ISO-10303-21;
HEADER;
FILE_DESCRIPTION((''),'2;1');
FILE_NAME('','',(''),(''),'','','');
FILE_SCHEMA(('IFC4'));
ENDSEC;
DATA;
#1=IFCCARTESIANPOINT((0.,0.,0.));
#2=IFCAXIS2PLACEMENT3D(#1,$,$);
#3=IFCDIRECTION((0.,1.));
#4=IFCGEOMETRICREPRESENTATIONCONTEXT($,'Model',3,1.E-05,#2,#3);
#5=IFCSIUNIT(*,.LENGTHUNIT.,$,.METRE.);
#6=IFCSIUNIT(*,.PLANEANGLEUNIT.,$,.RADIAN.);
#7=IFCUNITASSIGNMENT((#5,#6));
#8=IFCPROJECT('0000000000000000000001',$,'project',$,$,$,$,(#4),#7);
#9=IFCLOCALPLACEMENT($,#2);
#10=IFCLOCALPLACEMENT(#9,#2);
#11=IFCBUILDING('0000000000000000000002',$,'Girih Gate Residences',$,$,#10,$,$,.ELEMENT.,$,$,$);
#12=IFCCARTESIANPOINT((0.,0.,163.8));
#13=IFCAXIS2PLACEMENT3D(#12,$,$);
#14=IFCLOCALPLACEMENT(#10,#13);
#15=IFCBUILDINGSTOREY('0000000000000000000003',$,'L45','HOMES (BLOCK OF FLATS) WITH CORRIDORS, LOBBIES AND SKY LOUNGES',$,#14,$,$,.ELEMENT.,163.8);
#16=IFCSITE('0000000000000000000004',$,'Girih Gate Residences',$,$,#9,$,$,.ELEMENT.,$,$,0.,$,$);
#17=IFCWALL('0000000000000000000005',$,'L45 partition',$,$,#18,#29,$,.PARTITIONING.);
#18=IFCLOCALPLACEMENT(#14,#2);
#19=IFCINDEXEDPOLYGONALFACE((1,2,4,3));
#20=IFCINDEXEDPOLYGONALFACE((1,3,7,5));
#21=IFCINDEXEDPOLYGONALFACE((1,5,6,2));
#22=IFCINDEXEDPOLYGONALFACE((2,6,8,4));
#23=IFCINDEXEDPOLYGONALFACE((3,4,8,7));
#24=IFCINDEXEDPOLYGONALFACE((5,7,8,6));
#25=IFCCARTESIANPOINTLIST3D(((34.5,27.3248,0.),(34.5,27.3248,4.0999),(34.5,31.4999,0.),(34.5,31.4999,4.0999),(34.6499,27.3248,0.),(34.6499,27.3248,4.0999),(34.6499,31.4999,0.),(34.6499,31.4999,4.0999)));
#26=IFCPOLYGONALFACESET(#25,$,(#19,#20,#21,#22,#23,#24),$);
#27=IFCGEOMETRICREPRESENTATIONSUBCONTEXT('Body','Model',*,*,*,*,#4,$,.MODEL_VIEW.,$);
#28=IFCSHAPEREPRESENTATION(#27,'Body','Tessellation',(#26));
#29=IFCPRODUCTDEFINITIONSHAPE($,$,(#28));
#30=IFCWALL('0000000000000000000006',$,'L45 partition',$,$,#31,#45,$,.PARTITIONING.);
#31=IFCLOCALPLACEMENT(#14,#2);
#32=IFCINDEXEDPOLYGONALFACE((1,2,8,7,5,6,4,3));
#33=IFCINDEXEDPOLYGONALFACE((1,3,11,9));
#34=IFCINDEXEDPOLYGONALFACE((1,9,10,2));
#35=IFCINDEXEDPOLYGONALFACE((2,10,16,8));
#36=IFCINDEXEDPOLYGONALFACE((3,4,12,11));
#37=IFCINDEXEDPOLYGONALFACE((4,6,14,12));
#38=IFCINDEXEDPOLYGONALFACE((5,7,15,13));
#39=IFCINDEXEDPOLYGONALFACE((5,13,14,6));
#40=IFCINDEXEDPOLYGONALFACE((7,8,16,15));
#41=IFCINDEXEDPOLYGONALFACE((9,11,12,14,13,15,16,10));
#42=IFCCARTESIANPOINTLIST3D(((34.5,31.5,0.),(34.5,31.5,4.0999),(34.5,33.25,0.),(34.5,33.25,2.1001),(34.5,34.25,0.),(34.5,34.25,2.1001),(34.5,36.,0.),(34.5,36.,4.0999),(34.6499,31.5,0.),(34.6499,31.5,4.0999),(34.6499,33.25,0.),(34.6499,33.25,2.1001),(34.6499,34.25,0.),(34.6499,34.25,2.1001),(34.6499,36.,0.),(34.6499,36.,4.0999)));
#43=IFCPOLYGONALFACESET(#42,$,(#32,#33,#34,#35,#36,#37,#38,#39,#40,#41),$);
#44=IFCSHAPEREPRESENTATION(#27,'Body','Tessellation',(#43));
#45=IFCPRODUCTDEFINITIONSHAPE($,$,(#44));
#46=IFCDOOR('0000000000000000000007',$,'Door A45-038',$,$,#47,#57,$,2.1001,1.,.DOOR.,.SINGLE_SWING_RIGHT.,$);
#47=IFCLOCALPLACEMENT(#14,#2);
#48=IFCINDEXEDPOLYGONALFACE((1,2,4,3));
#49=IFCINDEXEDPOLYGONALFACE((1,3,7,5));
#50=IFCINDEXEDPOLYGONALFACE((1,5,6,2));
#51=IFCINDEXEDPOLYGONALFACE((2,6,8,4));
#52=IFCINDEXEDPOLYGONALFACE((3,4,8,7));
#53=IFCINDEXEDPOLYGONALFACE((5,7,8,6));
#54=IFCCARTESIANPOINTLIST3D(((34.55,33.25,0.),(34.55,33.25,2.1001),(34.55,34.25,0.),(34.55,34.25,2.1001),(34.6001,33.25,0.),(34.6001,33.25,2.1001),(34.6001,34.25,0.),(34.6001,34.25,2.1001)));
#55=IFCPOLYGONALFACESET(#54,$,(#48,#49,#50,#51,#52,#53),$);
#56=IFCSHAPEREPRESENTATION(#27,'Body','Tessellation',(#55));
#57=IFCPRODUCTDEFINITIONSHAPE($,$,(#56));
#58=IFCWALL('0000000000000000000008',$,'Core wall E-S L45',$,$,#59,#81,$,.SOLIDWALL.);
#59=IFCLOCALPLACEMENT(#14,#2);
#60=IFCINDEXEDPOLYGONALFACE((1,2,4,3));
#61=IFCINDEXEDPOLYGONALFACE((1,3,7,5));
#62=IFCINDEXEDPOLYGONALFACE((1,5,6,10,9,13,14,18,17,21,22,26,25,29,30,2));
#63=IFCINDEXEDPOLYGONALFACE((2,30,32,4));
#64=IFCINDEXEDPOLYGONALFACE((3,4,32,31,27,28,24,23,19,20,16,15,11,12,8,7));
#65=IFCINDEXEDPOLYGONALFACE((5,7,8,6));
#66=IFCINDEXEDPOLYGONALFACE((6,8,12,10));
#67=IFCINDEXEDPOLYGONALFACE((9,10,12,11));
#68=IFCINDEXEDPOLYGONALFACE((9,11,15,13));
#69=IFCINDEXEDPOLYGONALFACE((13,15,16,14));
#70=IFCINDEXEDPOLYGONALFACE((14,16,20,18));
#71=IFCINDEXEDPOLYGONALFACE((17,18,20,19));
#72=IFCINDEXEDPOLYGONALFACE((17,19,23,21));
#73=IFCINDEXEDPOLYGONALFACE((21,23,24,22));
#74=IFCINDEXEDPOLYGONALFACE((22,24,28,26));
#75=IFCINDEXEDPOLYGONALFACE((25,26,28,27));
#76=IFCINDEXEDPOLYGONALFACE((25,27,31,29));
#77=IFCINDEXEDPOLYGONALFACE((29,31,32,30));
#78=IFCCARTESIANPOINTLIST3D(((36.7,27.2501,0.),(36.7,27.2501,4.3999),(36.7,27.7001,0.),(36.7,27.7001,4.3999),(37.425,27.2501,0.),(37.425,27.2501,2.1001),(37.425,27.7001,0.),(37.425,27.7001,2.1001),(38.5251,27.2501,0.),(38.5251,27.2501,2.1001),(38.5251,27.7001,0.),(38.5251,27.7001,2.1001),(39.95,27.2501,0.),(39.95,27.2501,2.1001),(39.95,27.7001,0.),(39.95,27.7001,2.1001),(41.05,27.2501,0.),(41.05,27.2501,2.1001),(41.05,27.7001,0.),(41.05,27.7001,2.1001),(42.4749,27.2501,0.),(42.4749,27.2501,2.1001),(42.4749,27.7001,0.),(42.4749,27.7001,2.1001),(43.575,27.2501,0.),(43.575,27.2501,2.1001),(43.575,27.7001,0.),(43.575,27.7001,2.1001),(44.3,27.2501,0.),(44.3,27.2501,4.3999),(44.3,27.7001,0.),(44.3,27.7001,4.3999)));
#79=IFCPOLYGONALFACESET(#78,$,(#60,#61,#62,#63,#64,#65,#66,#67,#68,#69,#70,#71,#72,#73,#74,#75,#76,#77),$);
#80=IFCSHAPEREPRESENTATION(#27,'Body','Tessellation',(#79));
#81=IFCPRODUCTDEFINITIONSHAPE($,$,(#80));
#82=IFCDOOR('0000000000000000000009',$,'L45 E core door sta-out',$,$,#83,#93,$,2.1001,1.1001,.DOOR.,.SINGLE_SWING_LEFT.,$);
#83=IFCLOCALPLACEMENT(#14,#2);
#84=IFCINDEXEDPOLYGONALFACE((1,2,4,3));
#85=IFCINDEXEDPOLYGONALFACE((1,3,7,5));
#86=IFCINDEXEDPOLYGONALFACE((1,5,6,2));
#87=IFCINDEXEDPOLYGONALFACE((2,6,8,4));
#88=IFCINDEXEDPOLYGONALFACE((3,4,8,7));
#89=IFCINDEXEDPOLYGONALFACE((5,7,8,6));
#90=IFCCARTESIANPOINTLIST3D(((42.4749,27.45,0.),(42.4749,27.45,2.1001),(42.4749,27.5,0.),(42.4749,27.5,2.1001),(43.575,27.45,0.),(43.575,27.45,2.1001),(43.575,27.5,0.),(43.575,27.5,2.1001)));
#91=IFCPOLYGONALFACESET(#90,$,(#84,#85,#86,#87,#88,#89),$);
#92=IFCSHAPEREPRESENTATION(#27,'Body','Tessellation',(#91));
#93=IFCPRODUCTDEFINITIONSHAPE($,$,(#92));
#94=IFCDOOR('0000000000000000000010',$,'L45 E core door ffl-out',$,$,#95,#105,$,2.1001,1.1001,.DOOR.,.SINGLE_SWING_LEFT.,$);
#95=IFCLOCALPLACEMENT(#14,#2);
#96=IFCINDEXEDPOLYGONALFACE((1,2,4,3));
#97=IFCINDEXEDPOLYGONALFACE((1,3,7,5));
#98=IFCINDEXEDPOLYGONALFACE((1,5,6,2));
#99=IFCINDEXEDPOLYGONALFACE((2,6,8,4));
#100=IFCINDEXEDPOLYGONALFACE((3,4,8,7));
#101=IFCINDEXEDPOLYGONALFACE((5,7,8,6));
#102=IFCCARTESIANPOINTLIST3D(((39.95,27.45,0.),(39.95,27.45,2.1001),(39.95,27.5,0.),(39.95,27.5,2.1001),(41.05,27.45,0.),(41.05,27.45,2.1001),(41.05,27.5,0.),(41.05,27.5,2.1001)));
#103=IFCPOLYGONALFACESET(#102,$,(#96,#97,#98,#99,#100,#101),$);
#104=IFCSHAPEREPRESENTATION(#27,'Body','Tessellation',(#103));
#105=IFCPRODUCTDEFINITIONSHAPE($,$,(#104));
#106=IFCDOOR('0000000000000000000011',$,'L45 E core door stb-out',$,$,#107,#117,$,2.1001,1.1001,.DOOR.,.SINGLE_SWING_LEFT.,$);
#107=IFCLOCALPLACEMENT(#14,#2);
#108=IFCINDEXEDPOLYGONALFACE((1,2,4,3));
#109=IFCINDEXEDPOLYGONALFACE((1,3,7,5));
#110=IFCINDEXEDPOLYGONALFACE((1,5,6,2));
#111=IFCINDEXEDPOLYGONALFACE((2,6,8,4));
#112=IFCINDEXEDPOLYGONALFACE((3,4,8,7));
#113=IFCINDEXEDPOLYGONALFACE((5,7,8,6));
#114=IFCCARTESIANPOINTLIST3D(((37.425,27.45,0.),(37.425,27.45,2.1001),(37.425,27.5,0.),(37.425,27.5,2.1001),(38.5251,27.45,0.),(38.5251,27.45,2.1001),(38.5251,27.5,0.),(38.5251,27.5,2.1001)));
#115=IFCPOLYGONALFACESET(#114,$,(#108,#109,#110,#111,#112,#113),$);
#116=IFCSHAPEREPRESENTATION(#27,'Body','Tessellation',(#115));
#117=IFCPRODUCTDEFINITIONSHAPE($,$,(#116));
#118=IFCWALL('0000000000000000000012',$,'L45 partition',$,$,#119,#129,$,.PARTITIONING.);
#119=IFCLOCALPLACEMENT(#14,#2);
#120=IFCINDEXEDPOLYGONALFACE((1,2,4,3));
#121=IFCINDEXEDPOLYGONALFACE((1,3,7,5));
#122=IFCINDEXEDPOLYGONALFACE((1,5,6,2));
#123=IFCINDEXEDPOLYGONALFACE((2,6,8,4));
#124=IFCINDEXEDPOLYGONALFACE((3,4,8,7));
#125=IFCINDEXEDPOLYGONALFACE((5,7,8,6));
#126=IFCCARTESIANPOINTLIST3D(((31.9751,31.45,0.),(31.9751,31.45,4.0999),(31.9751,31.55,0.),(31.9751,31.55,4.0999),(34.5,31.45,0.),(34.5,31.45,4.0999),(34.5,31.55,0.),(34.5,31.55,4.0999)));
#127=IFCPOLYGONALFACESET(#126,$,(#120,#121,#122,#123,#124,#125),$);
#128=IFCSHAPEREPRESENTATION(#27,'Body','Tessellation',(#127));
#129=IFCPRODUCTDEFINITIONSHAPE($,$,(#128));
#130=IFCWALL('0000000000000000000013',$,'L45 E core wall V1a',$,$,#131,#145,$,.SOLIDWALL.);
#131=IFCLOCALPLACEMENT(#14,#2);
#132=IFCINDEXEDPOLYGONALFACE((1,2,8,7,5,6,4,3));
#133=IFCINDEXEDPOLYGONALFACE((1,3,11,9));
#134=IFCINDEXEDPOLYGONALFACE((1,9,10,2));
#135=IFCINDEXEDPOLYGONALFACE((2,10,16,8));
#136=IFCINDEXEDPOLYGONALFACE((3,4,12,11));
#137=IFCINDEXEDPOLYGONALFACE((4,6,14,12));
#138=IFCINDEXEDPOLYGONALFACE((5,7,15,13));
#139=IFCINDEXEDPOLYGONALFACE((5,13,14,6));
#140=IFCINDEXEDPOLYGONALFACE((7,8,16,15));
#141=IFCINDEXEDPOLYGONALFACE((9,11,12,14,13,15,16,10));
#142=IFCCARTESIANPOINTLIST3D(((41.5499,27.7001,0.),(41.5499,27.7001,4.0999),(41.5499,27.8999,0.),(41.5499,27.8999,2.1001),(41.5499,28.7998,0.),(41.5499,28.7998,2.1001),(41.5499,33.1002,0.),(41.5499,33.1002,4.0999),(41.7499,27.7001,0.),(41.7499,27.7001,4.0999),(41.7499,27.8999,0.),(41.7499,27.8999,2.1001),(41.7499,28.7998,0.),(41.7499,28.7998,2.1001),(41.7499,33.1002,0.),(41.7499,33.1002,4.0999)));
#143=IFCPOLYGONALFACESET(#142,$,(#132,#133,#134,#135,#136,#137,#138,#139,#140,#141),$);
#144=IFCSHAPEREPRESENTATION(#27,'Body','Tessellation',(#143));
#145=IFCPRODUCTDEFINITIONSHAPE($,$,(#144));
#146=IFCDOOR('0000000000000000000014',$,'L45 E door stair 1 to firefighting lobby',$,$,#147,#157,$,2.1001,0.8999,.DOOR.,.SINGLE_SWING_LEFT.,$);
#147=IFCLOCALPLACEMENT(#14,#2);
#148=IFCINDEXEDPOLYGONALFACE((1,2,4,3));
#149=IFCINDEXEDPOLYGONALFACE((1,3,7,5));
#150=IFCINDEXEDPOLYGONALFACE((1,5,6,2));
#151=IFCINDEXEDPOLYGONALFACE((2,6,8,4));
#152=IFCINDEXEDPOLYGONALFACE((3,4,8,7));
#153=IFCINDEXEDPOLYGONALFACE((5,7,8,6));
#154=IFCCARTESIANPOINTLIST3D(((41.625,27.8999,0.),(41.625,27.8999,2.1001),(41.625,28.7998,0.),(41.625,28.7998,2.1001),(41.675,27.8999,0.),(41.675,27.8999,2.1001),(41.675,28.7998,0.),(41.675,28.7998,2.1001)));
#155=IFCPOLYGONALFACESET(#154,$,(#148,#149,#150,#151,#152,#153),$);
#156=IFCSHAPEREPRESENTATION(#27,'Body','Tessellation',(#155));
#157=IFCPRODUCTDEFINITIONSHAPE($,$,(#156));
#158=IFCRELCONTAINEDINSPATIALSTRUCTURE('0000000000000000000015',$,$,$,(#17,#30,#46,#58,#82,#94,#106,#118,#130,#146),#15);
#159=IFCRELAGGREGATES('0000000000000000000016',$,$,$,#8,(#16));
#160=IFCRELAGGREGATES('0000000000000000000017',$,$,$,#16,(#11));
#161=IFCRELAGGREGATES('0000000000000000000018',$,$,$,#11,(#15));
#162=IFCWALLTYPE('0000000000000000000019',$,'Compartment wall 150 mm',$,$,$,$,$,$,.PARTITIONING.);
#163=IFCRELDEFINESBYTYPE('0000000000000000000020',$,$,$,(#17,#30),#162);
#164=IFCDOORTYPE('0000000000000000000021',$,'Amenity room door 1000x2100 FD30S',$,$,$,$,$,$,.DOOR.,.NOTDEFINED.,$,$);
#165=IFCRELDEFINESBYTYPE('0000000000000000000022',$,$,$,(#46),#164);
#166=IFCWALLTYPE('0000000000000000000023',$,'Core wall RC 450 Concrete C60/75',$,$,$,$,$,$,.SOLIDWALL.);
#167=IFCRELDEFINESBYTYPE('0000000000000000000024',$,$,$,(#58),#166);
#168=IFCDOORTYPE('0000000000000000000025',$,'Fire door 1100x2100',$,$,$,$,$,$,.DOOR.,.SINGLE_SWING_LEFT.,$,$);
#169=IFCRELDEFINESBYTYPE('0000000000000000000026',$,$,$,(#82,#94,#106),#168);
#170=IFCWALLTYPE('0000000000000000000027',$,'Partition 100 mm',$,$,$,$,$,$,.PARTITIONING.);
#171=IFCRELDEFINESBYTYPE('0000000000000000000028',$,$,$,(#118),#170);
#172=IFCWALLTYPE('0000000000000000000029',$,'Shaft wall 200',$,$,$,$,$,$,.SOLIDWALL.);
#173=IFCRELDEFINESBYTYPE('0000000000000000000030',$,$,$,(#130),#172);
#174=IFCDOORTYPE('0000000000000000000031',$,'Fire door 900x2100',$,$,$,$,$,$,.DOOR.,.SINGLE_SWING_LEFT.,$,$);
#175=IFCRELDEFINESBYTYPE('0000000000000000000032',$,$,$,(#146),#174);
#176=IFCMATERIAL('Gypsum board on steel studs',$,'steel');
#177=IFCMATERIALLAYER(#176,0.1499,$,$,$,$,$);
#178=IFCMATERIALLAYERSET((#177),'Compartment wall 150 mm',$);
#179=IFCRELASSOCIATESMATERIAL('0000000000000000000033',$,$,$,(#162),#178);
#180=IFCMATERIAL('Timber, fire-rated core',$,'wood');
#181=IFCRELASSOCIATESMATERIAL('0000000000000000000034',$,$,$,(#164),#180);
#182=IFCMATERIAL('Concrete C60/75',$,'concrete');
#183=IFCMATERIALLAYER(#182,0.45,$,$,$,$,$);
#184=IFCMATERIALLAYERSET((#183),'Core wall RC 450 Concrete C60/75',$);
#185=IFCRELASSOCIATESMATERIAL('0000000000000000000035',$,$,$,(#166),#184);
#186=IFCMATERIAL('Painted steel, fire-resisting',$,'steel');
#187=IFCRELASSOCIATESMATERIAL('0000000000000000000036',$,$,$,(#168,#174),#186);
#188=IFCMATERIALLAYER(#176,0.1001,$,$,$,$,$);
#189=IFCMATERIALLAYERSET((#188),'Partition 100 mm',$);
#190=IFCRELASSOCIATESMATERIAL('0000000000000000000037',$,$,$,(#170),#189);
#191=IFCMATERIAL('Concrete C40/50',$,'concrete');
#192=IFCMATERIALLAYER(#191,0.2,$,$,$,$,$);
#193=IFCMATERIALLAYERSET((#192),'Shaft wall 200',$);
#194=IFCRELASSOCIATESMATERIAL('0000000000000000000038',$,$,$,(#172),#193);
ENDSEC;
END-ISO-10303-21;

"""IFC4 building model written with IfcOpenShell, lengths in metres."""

from ifc_helpers import new_model, si_unit, direction, frame, frame_2d, origin, place, context, subcontext, project, spatial, rectangle, extrude, material, layer, layer_set, type_object, element, fill, save


model = new_model("IFC4")

# Units and contexts
model_context = context("Model", 3, precision=1e-05, world=origin(), true_north=direction((0.0, 1.0)))
body_context = subcontext(model_context, "Body", "Model", "MODEL_VIEW")
ifc_project = project(units=[si_unit("LENGTHUNIT", "METRE"), si_unit("PLANEANGLEUNIT", "RADIAN")], contexts=[model_context])

# Site, building, storey
site_placement = place(None, origin())
site = spatial("IfcSite", under=ifc_project, at=site_placement, Name="Girih Gate Residences", CompositionType="ELEMENT", RefElevation=0.0)
building_placement = place(site_placement, origin())
building = spatial("IfcBuilding", under=site, at=building_placement, Name="Girih Gate Residences", CompositionType="ELEMENT")
storey_placement = place(building_placement, frame((0.0, 0.0, 163.8)))
storey = spatial("IfcBuildingStorey", under=building, at=storey_placement, Name="L45", Description="HOMES (BLOCK OF FLATS) WITH CORRIDORS, LOBBIES AND SKY LOUNGES", CompositionType="ELEMENT", Elevation=163.8)

# Wall
ifc_material_1 = material(Name="Gypsum board on steel studs", Category="steel")
ifc_layer_1 = layer(ifc_material_1, 0.1499)
ifc_layer_set_1 = layer_set([ifc_layer_1], Name="Compartment wall 150 mm")
wall_type_1 = type_object("IfcWallType", Name="Compartment wall 150 mm", PredefinedType="PARTITIONING", material=ifc_layer_set_1)
wall_1_placement = place(storey_placement, frame((34.575, 27.325, 0.0), z_axis=(0.0, 0.0, 1.0), x_axis=(0.0, 1.0, 0.0)))
element("IfcWall", 1, at=wall_1_placement, inside=storey, type_object=wall_type_1, Name="L45 partition", PredefinedType="PARTITIONING", context=body_context, shape_type="SweptSolid", body=[
    extrude(rectangle(XDim=4.175, YDim=0.1499, at=frame_2d((2.0874, 0.0))), origin(), (0.0, 0.0, 1.0), 4.0999),
])

# Wall, opening, door
wall_2_placement = place(storey_placement, frame((34.575, 31.5, 0.0), z_axis=(0.0, 0.0, 1.0), x_axis=(0.0, 1.0, 0.0)))
wall_2 = element("IfcWall", 2, at=wall_2_placement, inside=storey, type_object=wall_type_1, Name="L45 partition", PredefinedType="PARTITIONING", context=body_context, shape_type="SweptSolid", body=[
    extrude(rectangle(XDim=4.5, YDim=0.1499, at=frame_2d((2.25, 0.0))), origin(), (0.0, 0.0, 1.0), 4.0999),
])
opening_1_placement = place(wall_2_placement, frame((1.75, 0.0, 0.0)))
opening_1 = element("IfcOpeningElement", 3, at=opening_1_placement, cuts=wall_2, PredefinedType="OPENING", context=body_context, shape_type="SweptSolid", body=[
    extrude(rectangle(XDim=1.0, YDim=2.1001, at=frame_2d((0.5, 1.05))), frame((0.0, 0.085, 0.0), z_axis=(0.0, -1.0, 0.0), x_axis=(1.0, 0.0, 0.0)), (0.0, 0.0, 1.0), 0.1699),
])
ifc_material_2 = material(Name="Timber, fire-rated core", Category="wood")
door_type_1 = type_object("IfcDoorType", Name="Amenity room door 1000x2100 FD30S", OperationType="NOTDEFINED", PredefinedType="DOOR", material=ifc_material_2)
door_1_placement = place(opening_1_placement, origin())
door_1 = element("IfcDoor", 4, at=door_1_placement, inside=storey, type_object=door_type_1, Name="Door A45-038", OperationType="SINGLE_SWING_RIGHT", OverallHeight=2.1001, OverallWidth=1.0, PredefinedType="DOOR", context=body_context, shape_type="SweptSolid", body=[
    extrude(rectangle(XDim=1.0, YDim=2.1001, at=frame_2d((0.5, 1.05))), frame((0.0, 0.0249, 0.0), z_axis=(0.0, -1.0, 0.0), x_axis=(1.0, 0.0, 0.0)), (0.0, 0.0, 1.0), 0.05),
])
fill(opening_1, door_1)

# Wall, openings, doors
ifc_material_3 = material(Name="Concrete C60/75", Category="concrete")
ifc_layer_2 = layer(ifc_material_3, 0.45)
ifc_layer_set_2 = layer_set([ifc_layer_2], Name="Core wall RC 450 Concrete C60/75")
wall_type_2 = type_object("IfcWallType", Name="Core wall RC 450 Concrete C60/75", PredefinedType="SOLIDWALL", material=ifc_layer_set_2)
wall_3_placement = place(storey_placement, frame((36.7, 27.4751, 0.0), z_axis=(0.0, 0.0, 1.0), x_axis=(1.0, 0.0, 0.0)))
wall_3 = element("IfcWall", 5, at=wall_3_placement, inside=storey, type_object=wall_type_2, Name="Core wall E-S L45", PredefinedType="SOLIDWALL", context=body_context, shape_type="SweptSolid", body=[
    extrude(rectangle(XDim=7.6001, YDim=0.45, at=frame_2d((3.8, 0.0))), origin(), (0.0, 0.0, 1.0), 4.3999),
])
opening_2_placement = place(wall_3_placement, frame((5.7749, 0.0, 0.0)))
opening_2 = element("IfcOpeningElement", 6, at=opening_2_placement, cuts=wall_3, PredefinedType="OPENING", context=body_context, shape_type="SweptSolid", body=[
    extrude(rectangle(XDim=1.1001, YDim=2.1001, at=frame_2d((0.55, 1.05))), frame((0.0, 0.2349, 0.0), z_axis=(0.0, -1.0, 0.0), x_axis=(1.0, 0.0, 0.0)), (0.0, 0.0, 1.0), 0.47),
])
opening_3_placement = place(wall_3_placement, frame((3.25, 0.0, 0.0)))
opening_3 = element("IfcOpeningElement", 7, at=opening_3_placement, cuts=wall_3, PredefinedType="OPENING", context=body_context, shape_type="SweptSolid", body=[
    extrude(rectangle(XDim=1.1001, YDim=2.1001, at=frame_2d((0.55, 1.05))), frame((0.0, 0.2349, 0.0), z_axis=(0.0, -1.0, 0.0), x_axis=(1.0, 0.0, 0.0)), (0.0, 0.0, 1.0), 0.47),
])
opening_4_placement = place(wall_3_placement, frame((0.7251, 0.0, 0.0)))
opening_4 = element("IfcOpeningElement", 8, at=opening_4_placement, cuts=wall_3, PredefinedType="OPENING", context=body_context, shape_type="SweptSolid", body=[
    extrude(rectangle(XDim=1.1001, YDim=2.1001, at=frame_2d((0.55, 1.05))), frame((0.0, 0.2349, 0.0), z_axis=(0.0, -1.0, 0.0), x_axis=(1.0, 0.0, 0.0)), (0.0, 0.0, 1.0), 0.47),
])
ifc_material_4 = material(Name="Painted steel, fire-resisting", Category="steel")
door_type_2 = type_object("IfcDoorType", Name="Fire door 1100x2100", OperationType="SINGLE_SWING_LEFT", PredefinedType="DOOR", material=ifc_material_4)
door_2_placement = place(opening_2_placement, origin())
door_2 = element("IfcDoor", 9, at=door_2_placement, inside=storey, type_object=door_type_2, Name="L45 E core door sta-out", OperationType="SINGLE_SWING_LEFT", OverallHeight=2.1001, OverallWidth=1.1001, PredefinedType="DOOR", context=body_context, shape_type="SweptSolid", body=[
    extrude(rectangle(XDim=1.1001, YDim=2.1001, at=frame_2d((0.55, 1.05))), frame((0.0, 0.0249, 0.0), z_axis=(0.0, -1.0, 0.0), x_axis=(1.0, 0.0, 0.0)), (0.0, 0.0, 1.0), 0.05),
])
fill(opening_2, door_2)
door_3_placement = place(opening_3_placement, origin())
door_3 = element("IfcDoor", 10, at=door_3_placement, inside=storey, type_object=door_type_2, Name="L45 E core door ffl-out", OperationType="SINGLE_SWING_LEFT", OverallHeight=2.1001, OverallWidth=1.1001, PredefinedType="DOOR", context=body_context, shape_type="SweptSolid", body=[
    extrude(rectangle(XDim=1.1001, YDim=2.1001, at=frame_2d((0.55, 1.05))), frame((0.0, 0.0249, 0.0), z_axis=(0.0, -1.0, 0.0), x_axis=(1.0, 0.0, 0.0)), (0.0, 0.0, 1.0), 0.05),
])
fill(opening_3, door_3)
door_4_placement = place(opening_4_placement, origin())
door_4 = element("IfcDoor", 11, at=door_4_placement, inside=storey, type_object=door_type_2, Name="L45 E core door stb-out", OperationType="SINGLE_SWING_LEFT", OverallHeight=2.1001, OverallWidth=1.1001, PredefinedType="DOOR", context=body_context, shape_type="SweptSolid", body=[
    extrude(rectangle(XDim=1.1001, YDim=2.1001, at=frame_2d((0.55, 1.05))), frame((0.0, 0.0249, 0.0), z_axis=(0.0, -1.0, 0.0), x_axis=(1.0, 0.0, 0.0)), (0.0, 0.0, 1.0), 0.05),
])
fill(opening_4, door_4)

# Wall
ifc_layer_3 = layer(ifc_material_1, 0.1001)
ifc_layer_set_3 = layer_set([ifc_layer_3], Name="Partition 100 mm")
wall_type_3 = type_object("IfcWallType", Name="Partition 100 mm", PredefinedType="PARTITIONING", material=ifc_layer_set_3)
wall_4_placement = place(storey_placement, frame((31.9751, 31.5, 0.0), z_axis=(0.0, 0.0, 1.0), x_axis=(1.0, 0.0, 0.0)))
element("IfcWall", 12, at=wall_4_placement, inside=storey, type_object=wall_type_3, Name="L45 partition", PredefinedType="PARTITIONING", context=body_context, shape_type="SweptSolid", body=[
    extrude(rectangle(XDim=2.5249, YDim=0.1001, at=frame_2d((1.2625, 0.0))), origin(), (0.0, 0.0, 1.0), 4.0999),
])

# Wall, opening, door
ifc_material_5 = material(Name="Concrete C40/50", Category="concrete")
ifc_layer_4 = layer(ifc_material_5, 0.2)
ifc_layer_set_4 = layer_set([ifc_layer_4], Name="Shaft wall 200")
wall_type_4 = type_object("IfcWallType", Name="Shaft wall 200", PredefinedType="SOLIDWALL", material=ifc_layer_set_4)
wall_5_placement = place(storey_placement, frame((41.6499, 27.7, 0.0), z_axis=(0.0, 0.0, 1.0), x_axis=(0.0, 1.0, 0.0)))
wall_5 = element("IfcWall", 13, at=wall_5_placement, inside=storey, type_object=wall_type_4, Name="L45 E core wall V1a", PredefinedType="SOLIDWALL", context=body_context, shape_type="SweptSolid", body=[
    extrude(rectangle(XDim=5.4001, YDim=0.2, at=frame_2d((2.7002, 0.0))), origin(), (0.0, 0.0, 1.0), 4.0999),
])
opening_5_placement = place(wall_5_placement, frame((0.2, 0.0, 0.0)))
opening_5 = element("IfcOpeningElement", 14, at=opening_5_placement, cuts=wall_5, PredefinedType="OPENING", context=body_context, shape_type="SweptSolid", body=[
    extrude(rectangle(XDim=0.8999, YDim=2.1001, at=frame_2d((0.45, 1.05))), frame((0.0, 0.1099, 0.0), z_axis=(0.0, -1.0, 0.0), x_axis=(1.0, 0.0, 0.0)), (0.0, 0.0, 1.0), 0.22),
])
door_type_3 = type_object("IfcDoorType", Name="Fire door 900x2100", OperationType="SINGLE_SWING_LEFT", PredefinedType="DOOR", material=ifc_material_4)
door_5_placement = place(opening_5_placement, origin())
door_5 = element("IfcDoor", 15, at=door_5_placement, inside=storey, type_object=door_type_3, Name="L45 E door stair 1 to firefighting lobby", OperationType="SINGLE_SWING_LEFT", OverallHeight=2.1001, OverallWidth=0.8999, PredefinedType="DOOR", context=body_context, shape_type="SweptSolid", body=[
    extrude(rectangle(XDim=0.8999, YDim=2.1001, at=frame_2d((0.45, 1.05))), frame((0.0, 0.0249, 0.0), z_axis=(0.0, -1.0, 0.0), x_axis=(1.0, 0.0, 0.0)), (0.0, 0.0, 1.0), 0.05),
])
fill(opening_5, door_5)

save(model, "model.ifc")
